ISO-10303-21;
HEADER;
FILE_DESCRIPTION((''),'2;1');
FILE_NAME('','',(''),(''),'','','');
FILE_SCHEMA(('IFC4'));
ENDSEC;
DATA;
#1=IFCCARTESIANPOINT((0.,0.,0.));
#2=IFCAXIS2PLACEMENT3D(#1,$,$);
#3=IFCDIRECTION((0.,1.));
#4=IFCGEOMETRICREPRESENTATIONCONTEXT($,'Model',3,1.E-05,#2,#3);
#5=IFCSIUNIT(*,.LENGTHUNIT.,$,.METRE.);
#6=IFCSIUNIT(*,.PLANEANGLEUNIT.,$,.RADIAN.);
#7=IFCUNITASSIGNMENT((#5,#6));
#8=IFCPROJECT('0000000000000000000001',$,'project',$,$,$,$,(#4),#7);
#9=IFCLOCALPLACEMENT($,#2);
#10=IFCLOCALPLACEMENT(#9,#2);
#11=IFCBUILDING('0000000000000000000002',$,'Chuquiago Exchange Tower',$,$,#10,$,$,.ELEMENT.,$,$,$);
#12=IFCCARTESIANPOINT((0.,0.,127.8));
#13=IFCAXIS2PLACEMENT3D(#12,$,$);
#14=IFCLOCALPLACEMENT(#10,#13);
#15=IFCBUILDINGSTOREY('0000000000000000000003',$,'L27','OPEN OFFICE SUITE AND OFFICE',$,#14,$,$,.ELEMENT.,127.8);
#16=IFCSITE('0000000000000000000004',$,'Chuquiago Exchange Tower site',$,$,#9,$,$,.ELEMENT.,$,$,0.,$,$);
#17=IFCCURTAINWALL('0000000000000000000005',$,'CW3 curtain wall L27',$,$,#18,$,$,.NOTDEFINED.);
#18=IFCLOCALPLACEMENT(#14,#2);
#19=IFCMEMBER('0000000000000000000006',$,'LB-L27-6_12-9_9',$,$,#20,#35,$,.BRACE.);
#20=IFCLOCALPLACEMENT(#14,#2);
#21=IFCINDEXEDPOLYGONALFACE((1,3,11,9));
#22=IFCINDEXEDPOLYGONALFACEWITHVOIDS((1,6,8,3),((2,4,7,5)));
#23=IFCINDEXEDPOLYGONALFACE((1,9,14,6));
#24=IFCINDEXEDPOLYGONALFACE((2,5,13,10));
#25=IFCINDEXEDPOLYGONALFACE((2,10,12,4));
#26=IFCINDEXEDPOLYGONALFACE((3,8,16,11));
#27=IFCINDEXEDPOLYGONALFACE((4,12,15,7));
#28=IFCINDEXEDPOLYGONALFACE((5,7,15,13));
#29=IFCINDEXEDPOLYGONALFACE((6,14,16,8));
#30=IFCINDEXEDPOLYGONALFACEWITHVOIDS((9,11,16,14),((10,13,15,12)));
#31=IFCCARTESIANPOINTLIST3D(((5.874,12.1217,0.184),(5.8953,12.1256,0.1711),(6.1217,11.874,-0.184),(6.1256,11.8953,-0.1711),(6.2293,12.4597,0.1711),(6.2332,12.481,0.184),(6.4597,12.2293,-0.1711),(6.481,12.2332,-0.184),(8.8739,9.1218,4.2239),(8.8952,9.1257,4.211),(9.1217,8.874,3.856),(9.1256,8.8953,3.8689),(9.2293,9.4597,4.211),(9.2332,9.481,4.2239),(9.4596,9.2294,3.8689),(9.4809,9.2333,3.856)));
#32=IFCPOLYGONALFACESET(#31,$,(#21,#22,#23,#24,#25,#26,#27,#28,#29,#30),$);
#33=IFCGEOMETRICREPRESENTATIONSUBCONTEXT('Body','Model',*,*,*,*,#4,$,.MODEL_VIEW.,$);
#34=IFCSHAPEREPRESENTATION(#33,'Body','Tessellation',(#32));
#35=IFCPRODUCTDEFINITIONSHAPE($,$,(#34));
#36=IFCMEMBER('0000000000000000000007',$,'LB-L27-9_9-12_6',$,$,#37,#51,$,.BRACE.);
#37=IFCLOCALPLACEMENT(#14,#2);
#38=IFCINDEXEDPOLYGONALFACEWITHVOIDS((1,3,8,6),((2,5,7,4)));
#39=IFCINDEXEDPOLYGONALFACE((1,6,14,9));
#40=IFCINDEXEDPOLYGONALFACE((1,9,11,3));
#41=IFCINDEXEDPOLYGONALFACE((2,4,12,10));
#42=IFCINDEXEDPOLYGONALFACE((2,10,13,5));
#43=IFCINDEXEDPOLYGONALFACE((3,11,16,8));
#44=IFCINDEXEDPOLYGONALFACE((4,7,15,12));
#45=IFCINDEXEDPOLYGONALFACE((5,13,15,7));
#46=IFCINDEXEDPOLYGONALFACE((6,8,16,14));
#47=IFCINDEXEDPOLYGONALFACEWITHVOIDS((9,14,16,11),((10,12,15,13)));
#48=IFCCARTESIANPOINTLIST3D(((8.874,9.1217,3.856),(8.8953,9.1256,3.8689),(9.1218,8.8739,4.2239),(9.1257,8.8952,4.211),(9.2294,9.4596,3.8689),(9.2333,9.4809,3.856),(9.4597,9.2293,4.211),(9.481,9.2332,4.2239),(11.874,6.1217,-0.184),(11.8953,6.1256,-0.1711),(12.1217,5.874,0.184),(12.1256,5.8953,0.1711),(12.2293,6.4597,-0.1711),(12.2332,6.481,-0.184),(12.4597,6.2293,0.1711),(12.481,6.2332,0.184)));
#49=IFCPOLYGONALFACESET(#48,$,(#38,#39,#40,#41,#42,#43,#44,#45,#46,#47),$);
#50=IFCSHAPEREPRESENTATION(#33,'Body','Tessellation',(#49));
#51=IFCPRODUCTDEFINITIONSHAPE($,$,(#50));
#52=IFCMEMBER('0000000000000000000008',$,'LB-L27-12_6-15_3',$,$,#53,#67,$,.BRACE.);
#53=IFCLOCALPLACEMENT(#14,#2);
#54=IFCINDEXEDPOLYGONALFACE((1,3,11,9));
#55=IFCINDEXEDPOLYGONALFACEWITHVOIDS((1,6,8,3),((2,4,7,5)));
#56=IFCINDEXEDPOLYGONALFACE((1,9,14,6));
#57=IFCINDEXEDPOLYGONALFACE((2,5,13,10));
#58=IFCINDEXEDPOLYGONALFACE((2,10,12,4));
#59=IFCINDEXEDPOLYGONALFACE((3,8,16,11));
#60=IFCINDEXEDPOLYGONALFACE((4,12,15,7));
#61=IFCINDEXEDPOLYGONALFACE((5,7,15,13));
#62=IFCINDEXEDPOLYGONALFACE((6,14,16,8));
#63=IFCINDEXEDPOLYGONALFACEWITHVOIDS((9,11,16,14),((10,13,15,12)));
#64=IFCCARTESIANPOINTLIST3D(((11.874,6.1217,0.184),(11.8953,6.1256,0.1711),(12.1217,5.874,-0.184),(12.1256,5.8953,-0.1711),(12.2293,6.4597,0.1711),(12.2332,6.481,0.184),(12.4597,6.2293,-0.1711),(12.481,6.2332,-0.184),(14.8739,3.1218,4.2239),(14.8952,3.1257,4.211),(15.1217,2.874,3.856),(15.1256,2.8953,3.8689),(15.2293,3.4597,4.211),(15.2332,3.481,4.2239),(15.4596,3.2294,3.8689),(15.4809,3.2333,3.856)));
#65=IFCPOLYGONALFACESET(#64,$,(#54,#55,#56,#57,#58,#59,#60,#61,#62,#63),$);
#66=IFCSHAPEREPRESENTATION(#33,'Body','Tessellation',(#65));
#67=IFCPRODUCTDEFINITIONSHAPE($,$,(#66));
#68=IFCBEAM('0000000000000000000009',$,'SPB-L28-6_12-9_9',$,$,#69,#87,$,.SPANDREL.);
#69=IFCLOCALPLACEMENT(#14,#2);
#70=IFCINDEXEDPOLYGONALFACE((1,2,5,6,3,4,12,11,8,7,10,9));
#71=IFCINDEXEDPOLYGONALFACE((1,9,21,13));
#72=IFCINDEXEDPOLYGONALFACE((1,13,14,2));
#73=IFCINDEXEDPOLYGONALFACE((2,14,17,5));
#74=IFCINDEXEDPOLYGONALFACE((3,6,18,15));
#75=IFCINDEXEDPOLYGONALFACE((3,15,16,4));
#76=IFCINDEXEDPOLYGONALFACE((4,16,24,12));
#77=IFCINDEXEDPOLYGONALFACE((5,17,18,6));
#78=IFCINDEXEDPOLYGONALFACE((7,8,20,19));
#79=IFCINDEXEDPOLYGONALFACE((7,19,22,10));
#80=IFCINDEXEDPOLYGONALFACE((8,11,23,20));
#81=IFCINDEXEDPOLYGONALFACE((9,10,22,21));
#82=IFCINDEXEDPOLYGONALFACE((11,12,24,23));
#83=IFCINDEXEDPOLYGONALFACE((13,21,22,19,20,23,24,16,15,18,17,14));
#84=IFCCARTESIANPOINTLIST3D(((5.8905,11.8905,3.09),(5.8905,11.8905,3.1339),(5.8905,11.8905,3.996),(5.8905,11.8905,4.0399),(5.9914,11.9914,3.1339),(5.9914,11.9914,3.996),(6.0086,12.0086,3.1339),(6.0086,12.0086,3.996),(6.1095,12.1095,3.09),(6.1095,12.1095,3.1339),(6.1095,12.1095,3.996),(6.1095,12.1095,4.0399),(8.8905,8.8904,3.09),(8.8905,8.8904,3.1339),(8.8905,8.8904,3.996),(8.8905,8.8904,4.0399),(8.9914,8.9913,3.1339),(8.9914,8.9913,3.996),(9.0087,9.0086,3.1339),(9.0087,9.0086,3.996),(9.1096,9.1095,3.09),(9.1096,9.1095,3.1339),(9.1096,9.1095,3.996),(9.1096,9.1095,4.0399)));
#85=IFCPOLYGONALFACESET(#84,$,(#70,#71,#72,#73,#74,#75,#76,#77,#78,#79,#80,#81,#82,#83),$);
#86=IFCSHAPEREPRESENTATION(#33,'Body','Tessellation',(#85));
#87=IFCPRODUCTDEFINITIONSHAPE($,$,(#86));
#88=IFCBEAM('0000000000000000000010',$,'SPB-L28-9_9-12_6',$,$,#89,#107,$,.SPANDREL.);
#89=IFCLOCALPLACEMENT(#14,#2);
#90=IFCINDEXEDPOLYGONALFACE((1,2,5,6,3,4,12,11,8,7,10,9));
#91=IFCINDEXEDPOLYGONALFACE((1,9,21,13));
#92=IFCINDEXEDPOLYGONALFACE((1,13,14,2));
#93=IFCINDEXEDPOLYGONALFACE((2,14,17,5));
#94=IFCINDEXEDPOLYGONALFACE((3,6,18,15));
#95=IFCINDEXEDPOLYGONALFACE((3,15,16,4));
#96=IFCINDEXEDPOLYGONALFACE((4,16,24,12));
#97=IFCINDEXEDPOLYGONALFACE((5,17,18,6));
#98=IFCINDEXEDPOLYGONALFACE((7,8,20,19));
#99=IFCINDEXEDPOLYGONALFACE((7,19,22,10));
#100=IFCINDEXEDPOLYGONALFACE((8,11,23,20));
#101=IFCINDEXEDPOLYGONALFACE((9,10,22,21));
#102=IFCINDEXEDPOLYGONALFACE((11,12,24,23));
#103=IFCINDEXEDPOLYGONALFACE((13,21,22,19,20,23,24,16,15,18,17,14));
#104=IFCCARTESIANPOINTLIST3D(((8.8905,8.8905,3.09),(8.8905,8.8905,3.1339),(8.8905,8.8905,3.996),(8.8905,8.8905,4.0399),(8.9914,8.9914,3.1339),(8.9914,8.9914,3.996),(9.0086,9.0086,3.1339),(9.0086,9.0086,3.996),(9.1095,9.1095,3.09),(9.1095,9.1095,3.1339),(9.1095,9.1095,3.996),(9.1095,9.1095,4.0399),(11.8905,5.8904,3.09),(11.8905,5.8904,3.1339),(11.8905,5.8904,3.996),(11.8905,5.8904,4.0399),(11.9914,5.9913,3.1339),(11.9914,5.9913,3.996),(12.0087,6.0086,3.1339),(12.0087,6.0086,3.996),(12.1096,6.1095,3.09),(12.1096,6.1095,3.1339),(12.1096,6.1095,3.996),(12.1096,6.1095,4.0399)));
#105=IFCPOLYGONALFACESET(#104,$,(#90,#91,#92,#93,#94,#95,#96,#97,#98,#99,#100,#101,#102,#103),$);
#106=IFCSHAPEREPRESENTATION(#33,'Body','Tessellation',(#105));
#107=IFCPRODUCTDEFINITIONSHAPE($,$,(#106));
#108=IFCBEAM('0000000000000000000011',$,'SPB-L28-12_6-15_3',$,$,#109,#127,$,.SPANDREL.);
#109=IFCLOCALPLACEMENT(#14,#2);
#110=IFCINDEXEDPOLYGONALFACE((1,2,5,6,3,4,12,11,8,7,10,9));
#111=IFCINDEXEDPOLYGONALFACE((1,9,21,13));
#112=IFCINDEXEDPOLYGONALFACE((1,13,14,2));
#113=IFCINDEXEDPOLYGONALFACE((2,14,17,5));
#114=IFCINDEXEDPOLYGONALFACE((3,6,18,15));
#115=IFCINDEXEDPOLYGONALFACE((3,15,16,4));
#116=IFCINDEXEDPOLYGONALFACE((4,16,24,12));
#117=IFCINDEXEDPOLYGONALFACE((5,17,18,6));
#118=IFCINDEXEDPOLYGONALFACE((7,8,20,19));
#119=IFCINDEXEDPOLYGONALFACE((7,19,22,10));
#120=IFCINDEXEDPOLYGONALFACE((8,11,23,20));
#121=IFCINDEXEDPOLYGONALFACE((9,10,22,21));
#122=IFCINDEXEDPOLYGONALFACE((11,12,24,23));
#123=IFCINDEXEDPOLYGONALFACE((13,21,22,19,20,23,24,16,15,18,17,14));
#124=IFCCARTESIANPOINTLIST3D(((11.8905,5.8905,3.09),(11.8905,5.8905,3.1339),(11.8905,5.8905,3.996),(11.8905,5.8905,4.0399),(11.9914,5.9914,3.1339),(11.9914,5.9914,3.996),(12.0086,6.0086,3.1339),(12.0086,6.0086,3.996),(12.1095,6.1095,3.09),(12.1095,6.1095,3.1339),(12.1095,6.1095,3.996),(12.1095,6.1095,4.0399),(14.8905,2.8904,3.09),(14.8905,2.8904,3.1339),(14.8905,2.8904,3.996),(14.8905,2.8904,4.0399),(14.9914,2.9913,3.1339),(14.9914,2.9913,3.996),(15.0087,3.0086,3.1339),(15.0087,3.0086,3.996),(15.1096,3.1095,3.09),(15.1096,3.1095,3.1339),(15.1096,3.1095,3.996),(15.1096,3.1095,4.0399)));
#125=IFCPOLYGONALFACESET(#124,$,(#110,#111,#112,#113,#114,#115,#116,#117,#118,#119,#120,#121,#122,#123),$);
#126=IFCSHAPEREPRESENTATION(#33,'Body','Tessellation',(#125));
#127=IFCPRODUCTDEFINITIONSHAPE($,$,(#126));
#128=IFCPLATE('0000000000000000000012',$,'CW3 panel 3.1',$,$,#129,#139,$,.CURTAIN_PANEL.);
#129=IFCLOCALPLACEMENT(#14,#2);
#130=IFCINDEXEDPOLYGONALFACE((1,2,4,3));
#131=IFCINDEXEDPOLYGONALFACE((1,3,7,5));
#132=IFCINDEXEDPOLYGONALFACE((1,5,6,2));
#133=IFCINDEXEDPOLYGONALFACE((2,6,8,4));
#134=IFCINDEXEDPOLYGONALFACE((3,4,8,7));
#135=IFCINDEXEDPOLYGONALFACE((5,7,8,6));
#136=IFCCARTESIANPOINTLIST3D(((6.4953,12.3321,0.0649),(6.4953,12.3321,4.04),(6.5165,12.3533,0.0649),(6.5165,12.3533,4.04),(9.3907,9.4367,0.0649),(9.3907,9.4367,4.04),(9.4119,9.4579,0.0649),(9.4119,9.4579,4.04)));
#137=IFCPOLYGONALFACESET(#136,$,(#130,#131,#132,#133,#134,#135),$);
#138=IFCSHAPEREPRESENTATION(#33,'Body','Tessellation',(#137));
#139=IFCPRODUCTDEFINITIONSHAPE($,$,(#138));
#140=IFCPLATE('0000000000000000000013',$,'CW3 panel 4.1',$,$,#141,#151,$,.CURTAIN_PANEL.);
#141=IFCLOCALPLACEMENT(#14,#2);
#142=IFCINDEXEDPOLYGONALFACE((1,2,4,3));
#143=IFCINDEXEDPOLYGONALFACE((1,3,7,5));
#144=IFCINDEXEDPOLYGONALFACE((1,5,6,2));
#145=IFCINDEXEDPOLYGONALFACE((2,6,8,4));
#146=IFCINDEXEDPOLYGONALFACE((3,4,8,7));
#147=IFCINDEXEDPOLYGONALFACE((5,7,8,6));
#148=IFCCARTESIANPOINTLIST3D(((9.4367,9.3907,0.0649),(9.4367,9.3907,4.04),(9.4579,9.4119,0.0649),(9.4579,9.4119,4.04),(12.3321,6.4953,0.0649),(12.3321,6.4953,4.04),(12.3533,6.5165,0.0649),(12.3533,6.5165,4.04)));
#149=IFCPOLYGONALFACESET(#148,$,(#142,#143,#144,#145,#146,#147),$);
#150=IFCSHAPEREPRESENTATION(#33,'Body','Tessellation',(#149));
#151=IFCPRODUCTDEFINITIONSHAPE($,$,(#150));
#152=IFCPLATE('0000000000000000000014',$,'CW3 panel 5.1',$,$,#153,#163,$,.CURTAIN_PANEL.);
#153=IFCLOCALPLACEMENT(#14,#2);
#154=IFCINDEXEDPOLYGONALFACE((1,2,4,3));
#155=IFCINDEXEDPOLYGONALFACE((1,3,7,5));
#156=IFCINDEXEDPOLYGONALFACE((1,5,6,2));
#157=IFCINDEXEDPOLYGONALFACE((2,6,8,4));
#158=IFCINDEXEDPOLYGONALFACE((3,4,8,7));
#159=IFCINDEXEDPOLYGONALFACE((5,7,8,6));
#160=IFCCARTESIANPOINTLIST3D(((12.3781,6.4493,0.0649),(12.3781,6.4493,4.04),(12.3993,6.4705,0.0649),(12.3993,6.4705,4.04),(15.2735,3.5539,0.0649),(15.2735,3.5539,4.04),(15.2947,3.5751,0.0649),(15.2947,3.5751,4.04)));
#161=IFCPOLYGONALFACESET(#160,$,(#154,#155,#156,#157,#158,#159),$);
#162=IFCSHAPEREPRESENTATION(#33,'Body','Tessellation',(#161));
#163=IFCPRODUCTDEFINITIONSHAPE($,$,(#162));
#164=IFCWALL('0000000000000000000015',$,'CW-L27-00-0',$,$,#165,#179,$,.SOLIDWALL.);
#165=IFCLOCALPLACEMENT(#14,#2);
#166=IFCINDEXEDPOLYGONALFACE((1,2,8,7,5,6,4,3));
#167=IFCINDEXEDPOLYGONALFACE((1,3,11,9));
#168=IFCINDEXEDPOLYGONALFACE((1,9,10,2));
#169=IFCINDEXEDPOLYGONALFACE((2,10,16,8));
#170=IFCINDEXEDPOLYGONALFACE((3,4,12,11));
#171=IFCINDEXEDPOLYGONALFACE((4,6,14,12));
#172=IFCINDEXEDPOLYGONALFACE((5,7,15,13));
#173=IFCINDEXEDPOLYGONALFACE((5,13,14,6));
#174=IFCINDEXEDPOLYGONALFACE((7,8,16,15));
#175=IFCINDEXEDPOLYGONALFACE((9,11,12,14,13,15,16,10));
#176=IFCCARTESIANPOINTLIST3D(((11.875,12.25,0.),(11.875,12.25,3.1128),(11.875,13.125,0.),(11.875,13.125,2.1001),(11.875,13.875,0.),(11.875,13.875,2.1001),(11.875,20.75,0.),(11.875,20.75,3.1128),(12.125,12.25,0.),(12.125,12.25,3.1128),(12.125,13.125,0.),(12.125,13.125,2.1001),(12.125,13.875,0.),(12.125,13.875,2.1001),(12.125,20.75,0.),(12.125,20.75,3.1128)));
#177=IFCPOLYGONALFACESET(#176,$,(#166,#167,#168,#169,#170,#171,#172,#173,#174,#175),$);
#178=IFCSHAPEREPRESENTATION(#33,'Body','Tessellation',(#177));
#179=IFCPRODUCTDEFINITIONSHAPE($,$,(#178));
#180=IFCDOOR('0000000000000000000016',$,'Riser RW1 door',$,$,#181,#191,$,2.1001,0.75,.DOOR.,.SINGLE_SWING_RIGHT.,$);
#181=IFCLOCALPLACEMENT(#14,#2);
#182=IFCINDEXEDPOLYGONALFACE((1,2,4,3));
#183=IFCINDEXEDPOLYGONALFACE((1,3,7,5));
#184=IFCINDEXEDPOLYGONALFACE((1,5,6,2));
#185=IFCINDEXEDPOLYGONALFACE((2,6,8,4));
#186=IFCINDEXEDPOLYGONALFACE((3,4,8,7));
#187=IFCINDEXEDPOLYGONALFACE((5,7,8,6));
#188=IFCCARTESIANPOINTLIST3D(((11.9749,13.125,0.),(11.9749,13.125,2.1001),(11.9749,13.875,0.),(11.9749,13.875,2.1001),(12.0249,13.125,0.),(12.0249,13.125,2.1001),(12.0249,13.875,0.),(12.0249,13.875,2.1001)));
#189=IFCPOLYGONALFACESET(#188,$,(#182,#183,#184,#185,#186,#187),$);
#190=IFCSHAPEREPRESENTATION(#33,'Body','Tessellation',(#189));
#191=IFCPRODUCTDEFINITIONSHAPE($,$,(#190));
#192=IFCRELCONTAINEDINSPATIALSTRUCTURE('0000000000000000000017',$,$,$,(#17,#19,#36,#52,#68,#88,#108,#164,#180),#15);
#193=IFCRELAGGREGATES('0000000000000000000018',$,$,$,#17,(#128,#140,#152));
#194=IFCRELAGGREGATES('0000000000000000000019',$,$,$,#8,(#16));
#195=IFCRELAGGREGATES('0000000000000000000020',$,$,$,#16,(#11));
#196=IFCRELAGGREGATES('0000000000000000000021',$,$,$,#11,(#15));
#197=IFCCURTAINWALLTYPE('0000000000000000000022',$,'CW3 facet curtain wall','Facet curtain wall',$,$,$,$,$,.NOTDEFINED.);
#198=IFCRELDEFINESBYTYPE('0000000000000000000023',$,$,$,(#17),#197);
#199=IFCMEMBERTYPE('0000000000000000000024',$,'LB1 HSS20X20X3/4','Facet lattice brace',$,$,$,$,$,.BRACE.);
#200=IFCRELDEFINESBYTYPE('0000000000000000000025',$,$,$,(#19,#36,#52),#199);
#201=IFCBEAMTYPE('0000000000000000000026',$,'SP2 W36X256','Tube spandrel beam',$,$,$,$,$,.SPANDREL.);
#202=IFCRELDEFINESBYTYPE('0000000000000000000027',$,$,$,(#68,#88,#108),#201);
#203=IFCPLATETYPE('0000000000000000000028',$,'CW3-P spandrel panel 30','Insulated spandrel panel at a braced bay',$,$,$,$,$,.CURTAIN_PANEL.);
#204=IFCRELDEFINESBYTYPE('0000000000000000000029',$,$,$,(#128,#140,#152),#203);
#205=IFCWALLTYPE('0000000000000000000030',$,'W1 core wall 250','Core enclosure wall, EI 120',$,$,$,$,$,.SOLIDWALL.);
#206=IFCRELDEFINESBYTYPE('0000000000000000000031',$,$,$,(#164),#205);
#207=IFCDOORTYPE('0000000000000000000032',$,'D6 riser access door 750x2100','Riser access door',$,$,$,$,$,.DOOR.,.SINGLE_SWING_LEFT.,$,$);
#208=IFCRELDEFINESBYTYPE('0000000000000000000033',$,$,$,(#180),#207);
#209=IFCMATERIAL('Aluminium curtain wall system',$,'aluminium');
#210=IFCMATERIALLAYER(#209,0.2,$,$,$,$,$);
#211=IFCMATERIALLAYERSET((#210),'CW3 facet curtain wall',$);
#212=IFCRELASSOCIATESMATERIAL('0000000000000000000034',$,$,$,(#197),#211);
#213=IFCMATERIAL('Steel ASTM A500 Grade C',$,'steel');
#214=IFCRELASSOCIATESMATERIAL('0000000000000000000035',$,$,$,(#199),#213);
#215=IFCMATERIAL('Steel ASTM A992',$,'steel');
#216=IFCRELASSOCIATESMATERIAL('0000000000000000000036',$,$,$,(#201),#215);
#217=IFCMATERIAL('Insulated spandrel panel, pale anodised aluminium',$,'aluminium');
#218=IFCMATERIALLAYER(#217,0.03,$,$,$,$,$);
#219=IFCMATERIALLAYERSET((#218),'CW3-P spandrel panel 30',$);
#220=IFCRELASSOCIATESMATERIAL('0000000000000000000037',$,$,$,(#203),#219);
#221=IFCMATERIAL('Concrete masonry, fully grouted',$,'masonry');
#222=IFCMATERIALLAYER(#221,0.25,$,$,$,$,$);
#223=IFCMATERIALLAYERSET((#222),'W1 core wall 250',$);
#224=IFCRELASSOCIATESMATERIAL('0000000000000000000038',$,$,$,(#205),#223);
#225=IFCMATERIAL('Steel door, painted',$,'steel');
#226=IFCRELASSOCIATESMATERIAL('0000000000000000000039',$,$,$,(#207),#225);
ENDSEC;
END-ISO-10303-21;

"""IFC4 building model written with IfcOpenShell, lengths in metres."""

from ifc_helpers import new_model, si_unit, direction, frame, frame_2d, origin, origin_2d, place, context, subcontext, project, spatial, rectangle, hollow_rectangle, i_section, extrude, material, layer, layer_set, material_profile, profile_set, type_object, element, fill, aggregate, save


model = new_model("IFC4")

# Units and contexts
model_context = context("Model", 3, precision=1e-05, world=origin(), true_north=direction((0.0, 1.0)))
body_context = subcontext(model_context, "Body", "Model", "MODEL_VIEW")
ifc_project = project(units=[si_unit("LENGTHUNIT", "METRE"), si_unit("PLANEANGLEUNIT", "RADIAN")], contexts=[model_context])

# Site, building, storey
site_placement = place(None, origin())
site = spatial("IfcSite", under=ifc_project, at=site_placement, Name="Chuquiago Exchange Tower site", CompositionType="ELEMENT", RefElevation=0.0)
building_placement = place(site_placement, origin())
building = spatial("IfcBuilding", under=site, at=building_placement, Name="Chuquiago Exchange Tower", CompositionType="ELEMENT")
storey_placement = place(building_placement, frame((0.0, 0.0, 127.8)))
storey = spatial("IfcBuildingStorey", under=building, at=storey_placement, Name="L27", Description="OPEN OFFICE SUITE AND OFFICE", CompositionType="ELEMENT", Elevation=127.8)

# Curtain wall
ifc_material_1 = material(Name="Aluminium curtain wall system", Category="aluminium")
ifc_layer_1 = layer(ifc_material_1, 0.2)
ifc_layer_set_1 = layer_set([ifc_layer_1], Name="CW3 facet curtain wall")
curtain_wall_type = type_object("IfcCurtainWallType", Name="CW3 facet curtain wall", Description="Facet curtain wall", PredefinedType="NOTDEFINED", material=ifc_layer_set_1)
curtain_wall_placement = place(storey_placement, origin())
curtain_wall = element("IfcCurtainWall", 1, at=curtain_wall_placement, inside=storey, type_object=curtain_wall_type, Name="CW3 curtain wall L27", PredefinedType="NOTDEFINED")

# Members
ifc_material_2 = material(Name="Steel ASTM A500 Grade C", Category="steel")
ifc_material_profile_1 = material_profile(ifc_material_2, hollow_rectangle(XDim=0.5081, YDim=0.5081, WallThickness=0.0178, at=origin_2d()), Name="HSS20X20X3/4")
ifc_profile_set_1 = profile_set([ifc_material_profile_1], Name="Steel ASTM A500 Grade C")
member_type_1 = type_object("IfcMemberType", Name="LB1 HSS20X20X3/4", Description="Facet lattice brace", PredefinedType="BRACE", material=ifc_profile_set_1)
for number, where, z_axis, x_axis, name in (
    (2, (6.1775, 12.1775, 0.0), (0.512077, -0.512077, 0.689604), (0.707107, 0.707107, 0.0), "LB-L27-6_12-9_9"),
    (3, (12.1775, 6.1775, 0.0), (-0.512077, 0.512077, 0.689604), (-0.707107, -0.707107, 0.0), "LB-L27-9_9-12_6"),
    (4, (12.1775, 6.1775, 0.0), (0.512077, -0.512077, 0.689604), (0.707107, 0.707107, 0.0), "LB-L27-12_6-15_3"),
):
    element("IfcMember", number, at=place(storey_placement, frame(where, z_axis=z_axis, x_axis=x_axis)), inside=storey, type_object=member_type_1, Name=name, PredefinedType="BRACE", context=body_context, shape_type="SweptSolid", body=[
        extrude(hollow_rectangle(XDim=0.5081, YDim=0.5081, WallThickness=0.0178, at=origin_2d()), origin(), (0.0, 0.0, 1.0), 5.8584),
    ])

# Beams
ifc_material_3 = material(Name="Steel ASTM A992", Category="steel")
ifc_material_profile_2 = material_profile(ifc_material_3, i_section(OverallWidth=0.3098, OverallDepth=0.95, WebThickness=0.0244, FlangeThickness=0.0439, at=origin_2d()), Name="W36X256")
ifc_profile_set_2 = profile_set([ifc_material_profile_2], Name="Steel ASTM A992")
beam_type_1 = type_object("IfcBeamType", Name="SP2 W36X256", Description="Tube spandrel beam", PredefinedType="SPANDREL", material=ifc_profile_set_2)
for number, where, z_axis, x_axis, name in (
    (5, (6.0, 12.0, 3.5649), (0.707107, -0.707107, 0.0), (0.707107, 0.707107, 0.0), "SPB-L28-6_12-9_9"),
    (6, (9.0, 9.0, 3.5649), (0.707107, -0.707107, 0.0), (0.707107, 0.707107, 0.0), "SPB-L28-9_9-12_6"),
    (7, (12.0, 6.0, 3.5649), (0.707107, -0.707107, 0.0), (0.707107, 0.707107, 0.0), "SPB-L28-12_6-15_3"),
):
    element("IfcBeam", number, at=place(storey_placement, frame(where, z_axis=z_axis, x_axis=x_axis)), inside=storey, type_object=beam_type_1, Name=name, PredefinedType="SPANDREL", context=body_context, shape_type="SweptSolid", body=[
        extrude(i_section(OverallWidth=0.3098, OverallDepth=0.95, WebThickness=0.0244, FlangeThickness=0.0439, at=origin_2d()), origin(), (0.0, 0.0, 1.0), 4.2427),
    ])

# Plates
ifc_material_4 = material(Name="Insulated spandrel panel, pale anodised aluminium", Category="aluminium")
ifc_layer_2 = layer(ifc_material_4, 0.03)
ifc_layer_set_2 = layer_set([ifc_layer_2], Name="CW3-P spandrel panel 30")
plate_type = type_object("IfcPlateType", Name="CW3-P spandrel panel 30", Description="Insulated spandrel panel at a braced bay", PredefinedType="CURTAIN_PANEL", material=ifc_layer_set_2)
plate_1_placement = place(storey_placement, frame((7.9536, 10.895, 0.0649), z_axis=(0.0, 0.0, 1.0), x_axis=(0.707107, -0.707107, 0.0)))
plate_1 = element("IfcPlate", 8, at=plate_1_placement, type_object=plate_type, Name="CW3 panel 3.1", PredefinedType="CURTAIN_PANEL", context=body_context, shape_type="SweptSolid", body=[
    extrude(rectangle(XDim=4.0947, YDim=0.03, at=origin_2d()), origin(), (0.0, 0.0, 1.0), 3.9751),
])
plate_2_placement = place(storey_placement, frame((10.895, 7.9536, 0.0649), z_axis=(0.0, 0.0, 1.0), x_axis=(0.707107, -0.707107, 0.0)))
plate_2 = element("IfcPlate", 9, at=plate_2_placement, type_object=plate_type, Name="CW3 panel 4.1", PredefinedType="CURTAIN_PANEL", context=body_context, shape_type="SweptSolid", body=[
    extrude(rectangle(XDim=4.0947, YDim=0.03, at=origin_2d()), origin(), (0.0, 0.0, 1.0), 3.9751),
])
plate_3_placement = place(storey_placement, frame((13.8364, 5.0122, 0.0649), z_axis=(0.0, 0.0, 1.0), x_axis=(0.707107, -0.707107, 0.0)))
plate_3 = element("IfcPlate", 10, at=plate_3_placement, type_object=plate_type, Name="CW3 panel 5.1", PredefinedType="CURTAIN_PANEL", context=body_context, shape_type="SweptSolid", body=[
    extrude(rectangle(XDim=4.0947, YDim=0.03, at=origin_2d()), origin(), (0.0, 0.0, 1.0), 3.9751),
])
aggregate(curtain_wall, [plate_1, plate_2, plate_3])

# Wall, opening, door
ifc_material_5 = material(Name="Concrete masonry, fully grouted", Category="masonry")
ifc_layer_3 = layer(ifc_material_5, 0.25)
ifc_layer_set_3 = layer_set([ifc_layer_3], Name="W1 core wall 250")
wall_type_1 = type_object("IfcWallType", Name="W1 core wall 250", Description="Core enclosure wall, EI 120", PredefinedType="SOLIDWALL", material=ifc_layer_set_3)
wall_1_placement = place(storey_placement, frame((12.0, 12.25, 0.0), z_axis=(0.0, 0.0, 1.0), x_axis=(0.0, 1.0, 0.0)))
wall_1 = element("IfcWall", 11, at=wall_1_placement, inside=storey, type_object=wall_type_1, Name="CW-L27-00-0", PredefinedType="SOLIDWALL", context=body_context, shape_type="SweptSolid", body=[
    extrude(rectangle(XDim=8.5, YDim=0.25, at=frame_2d((4.25, 0.0))), origin(), (0.0, 0.0, 1.0), 3.1128),
])
opening_1_placement = place(wall_1_placement, frame((0.875, 0.0, 0.0)))
opening_1 = element("IfcOpeningElement", 12, at=opening_1_placement, cuts=wall_1, PredefinedType="OPENING", context=body_context, shape_type="SweptSolid", body=[
    extrude(rectangle(XDim=0.75, YDim=2.1001, at=frame_2d((0.375, 1.05))), frame((0.0, 0.135, 0.0), z_axis=(0.0, -1.0, 0.0), x_axis=(1.0, 0.0, 0.0)), (0.0, 0.0, 1.0), 0.27),
])
ifc_material_6 = material(Name="Steel door, painted", Category="steel")
door_type_1 = type_object("IfcDoorType", Name="D6 riser access door 750x2100", Description="Riser access door", OperationType="SINGLE_SWING_LEFT", PredefinedType="DOOR", material=ifc_material_6)
door_1_placement = place(opening_1_placement, frame((0.75, 0.0, 0.0), z_axis=(0.0, 0.0, 1.0), x_axis=(-1.0, 0.0, 0.0)))
door_1 = element("IfcDoor", 13, at=door_1_placement, inside=storey, type_object=door_type_1, Name="Riser RW1 door", OperationType="SINGLE_SWING_RIGHT", OverallHeight=2.1001, OverallWidth=0.75, PredefinedType="DOOR", context=body_context, shape_type="SweptSolid", body=[
    extrude(rectangle(XDim=0.75, YDim=2.1001, at=frame_2d((0.375, 1.05))), frame((0.0, 0.0249, 0.0), z_axis=(0.0, -1.0, 0.0), x_axis=(1.0, 0.0, 0.0)), (0.0, 0.0, 1.0), 0.05),
])
fill(opening_1, door_1)

save(model, "model.ifc")
